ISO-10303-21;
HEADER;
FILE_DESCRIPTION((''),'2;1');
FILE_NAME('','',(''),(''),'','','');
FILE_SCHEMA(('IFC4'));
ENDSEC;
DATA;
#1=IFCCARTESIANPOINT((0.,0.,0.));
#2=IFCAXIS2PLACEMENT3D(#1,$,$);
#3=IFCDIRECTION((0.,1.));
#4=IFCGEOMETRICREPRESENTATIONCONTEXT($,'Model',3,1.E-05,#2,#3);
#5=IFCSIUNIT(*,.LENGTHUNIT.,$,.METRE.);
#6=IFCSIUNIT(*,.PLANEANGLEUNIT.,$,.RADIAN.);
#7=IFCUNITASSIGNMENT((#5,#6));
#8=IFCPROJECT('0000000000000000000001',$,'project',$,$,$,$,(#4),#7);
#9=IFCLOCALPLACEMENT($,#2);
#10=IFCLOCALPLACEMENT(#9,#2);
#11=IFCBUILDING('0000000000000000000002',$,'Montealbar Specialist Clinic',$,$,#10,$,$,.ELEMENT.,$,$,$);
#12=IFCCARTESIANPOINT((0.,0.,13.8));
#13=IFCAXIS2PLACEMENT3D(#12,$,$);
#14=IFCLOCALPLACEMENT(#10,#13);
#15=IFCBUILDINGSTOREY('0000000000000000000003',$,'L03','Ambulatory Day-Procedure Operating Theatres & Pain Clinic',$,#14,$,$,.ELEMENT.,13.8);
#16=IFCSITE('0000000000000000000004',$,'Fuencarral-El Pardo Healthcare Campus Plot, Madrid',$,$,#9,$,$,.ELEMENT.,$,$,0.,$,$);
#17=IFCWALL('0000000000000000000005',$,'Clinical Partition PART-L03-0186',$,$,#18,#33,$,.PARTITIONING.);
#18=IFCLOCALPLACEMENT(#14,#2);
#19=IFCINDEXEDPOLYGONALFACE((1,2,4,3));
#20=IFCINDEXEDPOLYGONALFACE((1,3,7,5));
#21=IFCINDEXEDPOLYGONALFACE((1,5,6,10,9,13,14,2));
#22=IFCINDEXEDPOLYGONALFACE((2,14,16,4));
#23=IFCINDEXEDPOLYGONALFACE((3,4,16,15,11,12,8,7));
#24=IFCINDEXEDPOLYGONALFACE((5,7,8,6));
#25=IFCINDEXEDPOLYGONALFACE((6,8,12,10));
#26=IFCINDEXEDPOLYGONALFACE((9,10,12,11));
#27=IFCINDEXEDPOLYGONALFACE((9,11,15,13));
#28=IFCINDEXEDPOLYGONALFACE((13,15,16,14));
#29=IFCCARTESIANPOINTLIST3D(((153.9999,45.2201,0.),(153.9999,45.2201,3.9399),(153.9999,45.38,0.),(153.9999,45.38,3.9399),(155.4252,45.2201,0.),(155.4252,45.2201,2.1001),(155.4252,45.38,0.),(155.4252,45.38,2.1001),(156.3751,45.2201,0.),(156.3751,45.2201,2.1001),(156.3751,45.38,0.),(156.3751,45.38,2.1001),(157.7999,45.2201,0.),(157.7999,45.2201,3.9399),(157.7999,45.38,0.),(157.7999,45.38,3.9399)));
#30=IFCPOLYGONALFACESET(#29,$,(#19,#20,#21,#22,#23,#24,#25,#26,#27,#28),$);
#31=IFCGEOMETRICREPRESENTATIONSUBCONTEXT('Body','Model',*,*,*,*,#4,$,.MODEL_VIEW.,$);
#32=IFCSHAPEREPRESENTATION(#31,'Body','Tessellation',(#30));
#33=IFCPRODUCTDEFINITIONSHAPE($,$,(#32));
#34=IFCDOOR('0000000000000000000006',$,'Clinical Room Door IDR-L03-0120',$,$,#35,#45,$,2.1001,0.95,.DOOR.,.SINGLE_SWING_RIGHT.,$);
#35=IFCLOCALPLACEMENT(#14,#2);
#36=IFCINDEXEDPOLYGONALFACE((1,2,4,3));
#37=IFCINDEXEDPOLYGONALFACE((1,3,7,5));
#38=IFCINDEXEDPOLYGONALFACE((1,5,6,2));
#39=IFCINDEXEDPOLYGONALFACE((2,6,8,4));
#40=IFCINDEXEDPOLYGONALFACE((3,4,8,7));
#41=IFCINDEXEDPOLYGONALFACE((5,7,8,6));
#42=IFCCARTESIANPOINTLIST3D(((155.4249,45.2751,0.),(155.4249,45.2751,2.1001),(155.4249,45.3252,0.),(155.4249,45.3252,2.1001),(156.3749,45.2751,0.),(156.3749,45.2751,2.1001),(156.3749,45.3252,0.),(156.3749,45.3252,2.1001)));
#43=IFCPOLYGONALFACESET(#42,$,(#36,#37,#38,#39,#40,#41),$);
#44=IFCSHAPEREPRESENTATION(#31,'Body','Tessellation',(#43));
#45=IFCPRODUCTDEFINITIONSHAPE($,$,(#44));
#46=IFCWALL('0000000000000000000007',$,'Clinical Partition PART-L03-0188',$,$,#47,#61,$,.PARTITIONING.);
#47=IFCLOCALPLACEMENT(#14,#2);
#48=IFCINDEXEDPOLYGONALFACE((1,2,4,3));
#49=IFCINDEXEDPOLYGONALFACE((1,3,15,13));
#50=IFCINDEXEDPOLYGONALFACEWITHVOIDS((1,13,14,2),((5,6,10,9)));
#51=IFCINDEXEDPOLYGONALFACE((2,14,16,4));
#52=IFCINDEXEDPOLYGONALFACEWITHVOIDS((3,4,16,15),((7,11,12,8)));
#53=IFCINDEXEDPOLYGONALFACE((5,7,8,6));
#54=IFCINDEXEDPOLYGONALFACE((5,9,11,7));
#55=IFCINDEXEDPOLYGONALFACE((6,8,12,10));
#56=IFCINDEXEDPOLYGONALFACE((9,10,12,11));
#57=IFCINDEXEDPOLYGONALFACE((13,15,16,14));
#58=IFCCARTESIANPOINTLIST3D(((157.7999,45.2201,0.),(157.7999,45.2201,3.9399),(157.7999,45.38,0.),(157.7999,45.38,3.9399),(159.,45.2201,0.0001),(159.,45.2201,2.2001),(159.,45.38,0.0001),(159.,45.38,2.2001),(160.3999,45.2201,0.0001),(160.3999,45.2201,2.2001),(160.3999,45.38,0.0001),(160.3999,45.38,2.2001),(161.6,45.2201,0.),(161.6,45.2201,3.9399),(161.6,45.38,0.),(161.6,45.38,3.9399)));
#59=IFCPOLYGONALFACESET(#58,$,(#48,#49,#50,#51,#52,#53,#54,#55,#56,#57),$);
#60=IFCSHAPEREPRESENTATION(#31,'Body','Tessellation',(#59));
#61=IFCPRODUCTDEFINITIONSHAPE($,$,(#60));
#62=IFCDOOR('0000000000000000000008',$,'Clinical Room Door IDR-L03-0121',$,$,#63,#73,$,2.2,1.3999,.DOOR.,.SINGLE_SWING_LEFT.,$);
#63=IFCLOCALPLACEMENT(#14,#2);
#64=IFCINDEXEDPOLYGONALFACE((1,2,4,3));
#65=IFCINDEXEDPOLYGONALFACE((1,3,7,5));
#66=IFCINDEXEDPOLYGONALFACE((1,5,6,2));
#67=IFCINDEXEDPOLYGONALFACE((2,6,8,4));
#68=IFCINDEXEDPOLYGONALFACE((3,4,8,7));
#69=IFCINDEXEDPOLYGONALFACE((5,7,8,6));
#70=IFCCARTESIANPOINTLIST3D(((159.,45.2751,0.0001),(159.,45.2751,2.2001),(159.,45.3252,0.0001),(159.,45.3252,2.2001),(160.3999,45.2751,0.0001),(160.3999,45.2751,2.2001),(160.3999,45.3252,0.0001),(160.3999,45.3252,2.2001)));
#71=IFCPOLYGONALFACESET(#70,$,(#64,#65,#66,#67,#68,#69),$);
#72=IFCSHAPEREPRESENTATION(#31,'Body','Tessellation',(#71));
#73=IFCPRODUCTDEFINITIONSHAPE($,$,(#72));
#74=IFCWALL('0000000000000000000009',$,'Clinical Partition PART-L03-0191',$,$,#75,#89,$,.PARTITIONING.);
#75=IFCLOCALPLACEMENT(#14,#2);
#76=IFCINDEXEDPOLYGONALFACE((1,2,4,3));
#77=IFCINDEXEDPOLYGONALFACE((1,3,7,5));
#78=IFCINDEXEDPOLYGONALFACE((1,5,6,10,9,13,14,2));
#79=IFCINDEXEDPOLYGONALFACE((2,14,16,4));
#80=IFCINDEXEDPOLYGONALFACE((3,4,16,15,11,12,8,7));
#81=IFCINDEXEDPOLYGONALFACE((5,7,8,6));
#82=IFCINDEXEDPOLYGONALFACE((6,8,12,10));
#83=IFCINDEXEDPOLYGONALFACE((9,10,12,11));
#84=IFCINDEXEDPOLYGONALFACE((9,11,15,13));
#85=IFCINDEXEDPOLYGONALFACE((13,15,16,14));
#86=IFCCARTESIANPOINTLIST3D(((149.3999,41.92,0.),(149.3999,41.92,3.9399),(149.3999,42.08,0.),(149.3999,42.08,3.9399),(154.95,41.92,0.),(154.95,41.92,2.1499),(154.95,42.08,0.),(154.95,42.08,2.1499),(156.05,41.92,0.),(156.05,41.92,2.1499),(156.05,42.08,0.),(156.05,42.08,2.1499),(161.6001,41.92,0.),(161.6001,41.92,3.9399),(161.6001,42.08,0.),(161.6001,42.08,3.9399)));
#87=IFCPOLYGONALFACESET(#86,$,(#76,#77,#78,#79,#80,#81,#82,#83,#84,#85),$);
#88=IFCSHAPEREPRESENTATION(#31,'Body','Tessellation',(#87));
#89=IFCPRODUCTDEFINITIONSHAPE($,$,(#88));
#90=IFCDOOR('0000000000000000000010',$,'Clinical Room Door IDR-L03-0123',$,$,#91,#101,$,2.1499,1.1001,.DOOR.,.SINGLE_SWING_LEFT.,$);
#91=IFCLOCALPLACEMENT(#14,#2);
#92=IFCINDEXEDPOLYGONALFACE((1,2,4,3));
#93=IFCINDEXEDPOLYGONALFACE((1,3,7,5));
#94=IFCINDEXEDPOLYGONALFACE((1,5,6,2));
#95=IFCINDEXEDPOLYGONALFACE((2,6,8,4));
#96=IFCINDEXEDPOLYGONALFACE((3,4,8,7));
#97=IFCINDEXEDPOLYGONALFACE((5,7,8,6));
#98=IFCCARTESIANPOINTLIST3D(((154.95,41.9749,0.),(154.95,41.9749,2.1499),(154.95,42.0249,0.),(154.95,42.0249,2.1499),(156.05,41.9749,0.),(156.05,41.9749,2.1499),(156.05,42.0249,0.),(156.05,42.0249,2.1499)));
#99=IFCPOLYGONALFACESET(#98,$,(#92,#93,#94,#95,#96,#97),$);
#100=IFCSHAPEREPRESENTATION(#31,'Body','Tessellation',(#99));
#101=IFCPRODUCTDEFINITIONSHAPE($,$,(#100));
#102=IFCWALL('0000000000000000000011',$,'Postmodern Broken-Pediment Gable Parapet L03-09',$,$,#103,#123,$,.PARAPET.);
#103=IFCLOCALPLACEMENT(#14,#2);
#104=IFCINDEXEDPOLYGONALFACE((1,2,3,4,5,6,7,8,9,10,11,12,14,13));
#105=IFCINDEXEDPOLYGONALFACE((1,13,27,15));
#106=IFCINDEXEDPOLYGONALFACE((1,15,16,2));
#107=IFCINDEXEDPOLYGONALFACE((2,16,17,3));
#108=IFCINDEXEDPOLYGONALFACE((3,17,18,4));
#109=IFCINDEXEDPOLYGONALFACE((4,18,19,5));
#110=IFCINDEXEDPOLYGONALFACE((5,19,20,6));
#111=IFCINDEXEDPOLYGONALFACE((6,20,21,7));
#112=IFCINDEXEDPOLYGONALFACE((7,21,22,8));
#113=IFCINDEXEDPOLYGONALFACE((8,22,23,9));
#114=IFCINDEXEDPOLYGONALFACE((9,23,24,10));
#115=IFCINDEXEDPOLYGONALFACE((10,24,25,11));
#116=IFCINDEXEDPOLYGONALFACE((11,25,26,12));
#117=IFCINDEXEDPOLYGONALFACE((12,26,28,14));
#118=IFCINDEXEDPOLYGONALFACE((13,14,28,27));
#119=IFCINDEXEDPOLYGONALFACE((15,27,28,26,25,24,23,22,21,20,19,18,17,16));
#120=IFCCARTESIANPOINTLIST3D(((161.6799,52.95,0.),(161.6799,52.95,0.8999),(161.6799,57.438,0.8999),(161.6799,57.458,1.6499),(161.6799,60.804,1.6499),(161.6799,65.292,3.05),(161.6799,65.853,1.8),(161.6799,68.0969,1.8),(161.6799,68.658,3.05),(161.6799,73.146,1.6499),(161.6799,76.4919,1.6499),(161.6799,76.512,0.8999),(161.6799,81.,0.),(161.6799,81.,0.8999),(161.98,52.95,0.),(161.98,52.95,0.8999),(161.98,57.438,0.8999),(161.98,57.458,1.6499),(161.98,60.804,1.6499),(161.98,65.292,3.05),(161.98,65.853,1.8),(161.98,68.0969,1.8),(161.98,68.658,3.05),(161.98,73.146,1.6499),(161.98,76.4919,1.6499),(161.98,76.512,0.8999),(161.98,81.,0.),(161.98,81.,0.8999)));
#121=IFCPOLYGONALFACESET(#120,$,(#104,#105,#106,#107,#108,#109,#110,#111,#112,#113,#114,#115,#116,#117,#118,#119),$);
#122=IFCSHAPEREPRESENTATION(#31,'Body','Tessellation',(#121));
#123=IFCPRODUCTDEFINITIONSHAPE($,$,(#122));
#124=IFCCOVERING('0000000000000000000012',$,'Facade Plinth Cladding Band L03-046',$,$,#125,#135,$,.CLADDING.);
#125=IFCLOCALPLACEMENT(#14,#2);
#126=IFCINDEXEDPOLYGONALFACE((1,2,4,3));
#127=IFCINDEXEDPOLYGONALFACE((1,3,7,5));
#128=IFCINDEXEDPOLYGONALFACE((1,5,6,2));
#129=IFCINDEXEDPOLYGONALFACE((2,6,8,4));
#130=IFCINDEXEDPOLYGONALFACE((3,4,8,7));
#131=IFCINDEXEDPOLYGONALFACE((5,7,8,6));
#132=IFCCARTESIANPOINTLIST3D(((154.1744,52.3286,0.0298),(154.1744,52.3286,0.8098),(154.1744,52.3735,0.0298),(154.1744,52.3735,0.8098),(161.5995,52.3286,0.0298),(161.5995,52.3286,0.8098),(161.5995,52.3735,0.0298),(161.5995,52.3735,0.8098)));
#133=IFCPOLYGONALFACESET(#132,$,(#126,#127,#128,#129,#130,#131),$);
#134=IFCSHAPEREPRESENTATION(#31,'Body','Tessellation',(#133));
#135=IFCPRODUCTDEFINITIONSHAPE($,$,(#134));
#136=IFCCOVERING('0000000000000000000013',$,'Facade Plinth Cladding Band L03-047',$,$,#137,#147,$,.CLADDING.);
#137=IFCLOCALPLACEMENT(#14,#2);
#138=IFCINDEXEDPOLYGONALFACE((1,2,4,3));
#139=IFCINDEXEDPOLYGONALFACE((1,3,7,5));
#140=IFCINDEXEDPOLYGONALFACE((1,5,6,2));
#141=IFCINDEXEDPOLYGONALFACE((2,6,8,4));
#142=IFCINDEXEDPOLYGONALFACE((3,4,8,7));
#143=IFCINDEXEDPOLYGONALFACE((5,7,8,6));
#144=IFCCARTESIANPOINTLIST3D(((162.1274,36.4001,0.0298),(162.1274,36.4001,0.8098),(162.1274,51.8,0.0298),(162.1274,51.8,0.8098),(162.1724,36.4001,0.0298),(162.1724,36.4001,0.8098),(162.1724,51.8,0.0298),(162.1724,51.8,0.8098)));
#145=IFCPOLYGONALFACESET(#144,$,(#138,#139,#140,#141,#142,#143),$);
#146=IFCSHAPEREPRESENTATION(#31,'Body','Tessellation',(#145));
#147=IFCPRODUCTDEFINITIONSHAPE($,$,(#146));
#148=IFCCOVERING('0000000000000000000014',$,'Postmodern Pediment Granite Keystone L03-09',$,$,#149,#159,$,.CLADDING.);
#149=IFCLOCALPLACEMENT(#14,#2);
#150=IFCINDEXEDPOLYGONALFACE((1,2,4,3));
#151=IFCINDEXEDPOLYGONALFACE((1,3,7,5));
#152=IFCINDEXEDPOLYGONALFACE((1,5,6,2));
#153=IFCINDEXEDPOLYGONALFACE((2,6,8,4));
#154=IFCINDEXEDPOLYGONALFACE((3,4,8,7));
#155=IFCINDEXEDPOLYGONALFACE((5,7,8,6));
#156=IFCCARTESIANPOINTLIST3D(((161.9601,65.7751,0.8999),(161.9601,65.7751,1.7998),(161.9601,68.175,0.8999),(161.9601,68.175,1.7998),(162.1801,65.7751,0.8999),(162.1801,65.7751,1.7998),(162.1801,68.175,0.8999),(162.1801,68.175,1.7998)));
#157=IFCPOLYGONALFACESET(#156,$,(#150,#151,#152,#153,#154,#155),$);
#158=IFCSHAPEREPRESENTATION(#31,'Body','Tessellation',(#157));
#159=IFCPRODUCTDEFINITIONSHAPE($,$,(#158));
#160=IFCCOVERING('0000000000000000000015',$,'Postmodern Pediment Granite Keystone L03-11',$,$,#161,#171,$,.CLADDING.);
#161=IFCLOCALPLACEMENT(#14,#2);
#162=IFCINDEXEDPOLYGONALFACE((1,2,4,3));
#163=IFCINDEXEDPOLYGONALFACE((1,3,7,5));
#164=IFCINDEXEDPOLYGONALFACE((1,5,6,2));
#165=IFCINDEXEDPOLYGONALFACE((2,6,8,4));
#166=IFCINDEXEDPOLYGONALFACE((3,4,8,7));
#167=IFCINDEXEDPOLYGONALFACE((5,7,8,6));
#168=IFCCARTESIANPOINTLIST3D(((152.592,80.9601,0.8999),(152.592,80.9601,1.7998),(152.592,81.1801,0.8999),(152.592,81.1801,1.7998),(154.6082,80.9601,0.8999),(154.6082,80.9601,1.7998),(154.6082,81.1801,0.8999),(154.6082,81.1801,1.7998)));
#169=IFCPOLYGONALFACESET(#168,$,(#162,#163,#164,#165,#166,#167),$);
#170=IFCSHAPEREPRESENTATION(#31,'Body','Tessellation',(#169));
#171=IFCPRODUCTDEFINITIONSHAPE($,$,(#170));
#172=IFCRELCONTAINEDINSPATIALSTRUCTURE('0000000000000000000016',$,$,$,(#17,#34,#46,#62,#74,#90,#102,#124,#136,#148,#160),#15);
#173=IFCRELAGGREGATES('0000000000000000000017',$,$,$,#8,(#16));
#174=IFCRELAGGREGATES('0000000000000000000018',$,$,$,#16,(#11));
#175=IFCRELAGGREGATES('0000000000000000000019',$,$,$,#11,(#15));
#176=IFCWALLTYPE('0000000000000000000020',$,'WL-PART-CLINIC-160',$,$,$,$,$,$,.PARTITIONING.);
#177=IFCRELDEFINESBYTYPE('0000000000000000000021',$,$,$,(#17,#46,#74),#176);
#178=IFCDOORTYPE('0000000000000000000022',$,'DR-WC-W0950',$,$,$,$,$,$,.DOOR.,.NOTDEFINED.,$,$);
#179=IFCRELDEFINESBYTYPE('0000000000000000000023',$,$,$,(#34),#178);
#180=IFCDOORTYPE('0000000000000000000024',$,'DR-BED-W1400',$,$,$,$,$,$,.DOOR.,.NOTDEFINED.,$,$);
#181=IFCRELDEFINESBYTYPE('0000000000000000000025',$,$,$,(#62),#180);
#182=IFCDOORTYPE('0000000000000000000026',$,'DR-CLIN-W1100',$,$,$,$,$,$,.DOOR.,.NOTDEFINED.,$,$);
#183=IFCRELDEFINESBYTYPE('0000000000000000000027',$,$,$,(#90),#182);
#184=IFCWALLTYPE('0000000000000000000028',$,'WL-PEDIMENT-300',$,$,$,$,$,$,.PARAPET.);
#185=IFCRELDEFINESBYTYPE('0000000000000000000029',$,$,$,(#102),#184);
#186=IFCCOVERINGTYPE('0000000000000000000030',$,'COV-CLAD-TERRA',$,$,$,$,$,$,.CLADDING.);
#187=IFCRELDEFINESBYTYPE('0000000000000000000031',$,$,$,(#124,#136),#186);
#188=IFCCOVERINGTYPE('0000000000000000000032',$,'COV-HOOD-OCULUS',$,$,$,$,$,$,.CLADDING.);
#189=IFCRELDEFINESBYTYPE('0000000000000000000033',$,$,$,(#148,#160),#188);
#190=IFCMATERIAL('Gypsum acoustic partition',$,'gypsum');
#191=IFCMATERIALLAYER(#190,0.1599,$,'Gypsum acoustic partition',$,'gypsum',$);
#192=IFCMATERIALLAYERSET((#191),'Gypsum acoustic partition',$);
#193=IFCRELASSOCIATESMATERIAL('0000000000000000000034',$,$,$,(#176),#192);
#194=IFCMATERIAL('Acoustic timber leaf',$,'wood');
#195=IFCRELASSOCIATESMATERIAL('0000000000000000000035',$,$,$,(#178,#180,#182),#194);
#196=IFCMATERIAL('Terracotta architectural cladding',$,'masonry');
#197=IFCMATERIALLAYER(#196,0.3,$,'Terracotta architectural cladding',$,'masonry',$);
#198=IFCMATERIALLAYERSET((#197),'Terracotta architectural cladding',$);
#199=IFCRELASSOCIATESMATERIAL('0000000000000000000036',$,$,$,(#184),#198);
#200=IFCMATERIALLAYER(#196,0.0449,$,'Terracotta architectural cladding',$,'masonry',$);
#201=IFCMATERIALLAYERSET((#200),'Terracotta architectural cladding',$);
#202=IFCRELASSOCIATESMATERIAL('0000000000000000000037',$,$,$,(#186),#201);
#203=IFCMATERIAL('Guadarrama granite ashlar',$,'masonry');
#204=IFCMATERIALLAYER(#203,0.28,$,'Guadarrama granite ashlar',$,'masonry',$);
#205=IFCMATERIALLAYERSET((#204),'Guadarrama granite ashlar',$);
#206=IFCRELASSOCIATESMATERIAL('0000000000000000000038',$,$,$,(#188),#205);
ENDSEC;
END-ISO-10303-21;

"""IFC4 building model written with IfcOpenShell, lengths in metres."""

from ifc_helpers import new_model, si_unit, direction, frame, frame_2d, origin, origin_2d, place, context, subcontext, project, spatial, polyline, rectangle, outline, extrude, material, layer, layer_set, type_object, element, fill, save


model = new_model("IFC4")

# Units and contexts
model_context = context("Model", 3, precision=1e-05, world=origin(), true_north=direction((0.0, 1.0)))
body_context = subcontext(model_context, "Body", "Model", "MODEL_VIEW")
ifc_project = project(units=[si_unit("LENGTHUNIT", "METRE"), si_unit("PLANEANGLEUNIT", "RADIAN")], contexts=[model_context])

# Site, building, storey
site_placement = place(None, origin())
site = spatial("IfcSite", under=ifc_project, at=site_placement, Name="Fuencarral-El Pardo Healthcare Campus Plot, Madrid", CompositionType="ELEMENT", RefElevation=0.0)
building_placement = place(site_placement, origin())
building = spatial("IfcBuilding", under=site, at=building_placement, Name="Montealbar Specialist Clinic", CompositionType="ELEMENT")
storey_placement = place(building_placement, frame((0.0, 0.0, 13.8)))
storey = spatial("IfcBuildingStorey", under=building, at=storey_placement, Name="L03", Description="Ambulatory Day-Procedure Operating Theatres & Pain Clinic", CompositionType="ELEMENT", Elevation=13.8)

# Shared definitions
ifc_material_1 = material(Name="Terracotta architectural cladding", Category="masonry")

# Shared definitions
ifc_material_2 = material(Name="Gypsum acoustic partition", Category="gypsum")

# Walls, openings, doors
ifc_layer_1 = layer(ifc_material_2, 0.1599, Name="Gypsum acoustic partition", Category="gypsum")
ifc_layer_set_1 = layer_set([ifc_layer_1], Name="Gypsum acoustic partition")
wall_type_1 = type_object("IfcWallType", Name="WL-PART-CLINIC-160", PredefinedType="PARTITIONING", material=ifc_layer_set_1)
wall_1_placement = place(storey_placement, frame((154.0, 45.3, 0.0), z_axis=(0.0, 0.0, 1.0), x_axis=(1.0, 0.0, 0.0)))
wall_1 = element("IfcWall", 1, at=wall_1_placement, inside=storey, type_object=wall_type_1, Name="Clinical Partition PART-L03-0186", PredefinedType="PARTITIONING", context=body_context, shape_type="SweptSolid", body=[
    extrude(rectangle(XDim=3.8, YDim=0.1599, at=frame_2d((1.8999, 0.0))), origin(), (0.0, 0.0, 1.0), 3.9399),
])
opening_1_placement = place(wall_1_placement, frame((1.425, 0.0, 0.0)))
opening_1 = element("IfcOpeningElement", 2, at=opening_1_placement, cuts=wall_1, PredefinedType="OPENING", context=body_context, shape_type="SweptSolid", body=[
    extrude(rectangle(XDim=0.95, YDim=2.1001, at=frame_2d((0.4751, 1.05))), frame((0.0, 0.0898, 0.0), z_axis=(0.0, -1.0, 0.0), x_axis=(1.0, 0.0, 0.0)), (0.0, 0.0, 1.0), 0.1799),
])
ifc_material_3 = material(Name="Acoustic timber leaf", Category="wood")
door_type_1 = type_object("IfcDoorType", Name="DR-WC-W0950", OperationType="NOTDEFINED", PredefinedType="DOOR", material=ifc_material_3)
door_1_placement = place(opening_1_placement, frame((0.95, 0.0, 0.0), z_axis=(0.0, 0.0, 1.0), x_axis=(-1.0, 0.0, 0.0)))
door_1 = element("IfcDoor", 3, at=door_1_placement, inside=storey, type_object=door_type_1, Name="Clinical Room Door IDR-L03-0120", OperationType="SINGLE_SWING_RIGHT", OverallHeight=2.1001, OverallWidth=0.95, PredefinedType="DOOR", context=body_context, shape_type="SweptSolid", body=[
    extrude(rectangle(XDim=0.95, YDim=2.1001, at=frame_2d((0.4751, 1.05))), frame((0.0, 0.0249, 0.0), z_axis=(0.0, -1.0, 0.0), x_axis=(1.0, 0.0, 0.0)), (0.0, 0.0, 1.0), 0.05),
])
fill(opening_1, door_1)
wall_2_placement = place(storey_placement, frame((157.8, 45.3, 0.0), z_axis=(0.0, 0.0, 1.0), x_axis=(1.0, 0.0, 0.0)))
wall_2 = element("IfcWall", 4, at=wall_2_placement, inside=storey, type_object=wall_type_1, Name="Clinical Partition PART-L03-0188", PredefinedType="PARTITIONING", context=body_context, shape_type="SweptSolid", body=[
    extrude(rectangle(XDim=3.8, YDim=0.1599, at=frame_2d((1.8999, 0.0))), origin(), (0.0, 0.0, 1.0), 3.9399),
])
opening_2_placement = place(wall_2_placement, frame((1.2, 0.0, 0.0)))
opening_2 = element("IfcOpeningElement", 5, at=opening_2_placement, cuts=wall_2, PredefinedType="OPENING", context=body_context, shape_type="SweptSolid", body=[
    extrude(rectangle(XDim=1.3999, YDim=2.2, at=frame_2d((0.7, 1.1001))), frame((0.0, 0.0898, 0.0), z_axis=(0.0, -1.0, 0.0), x_axis=(1.0, 0.0, 0.0)), (0.0, 0.0, 1.0), 0.1799),
])
door_type_2 = type_object("IfcDoorType", Name="DR-BED-W1400", OperationType="NOTDEFINED", PredefinedType="DOOR", material=ifc_material_3)
door_2_placement = place(opening_2_placement, frame((1.3999, 0.0, 0.0), z_axis=(0.0, 0.0, 1.0), x_axis=(-1.0, 0.0, 0.0)))
door_2 = element("IfcDoor", 6, at=door_2_placement, inside=storey, type_object=door_type_2, Name="Clinical Room Door IDR-L03-0121", OperationType="SINGLE_SWING_LEFT", OverallHeight=2.2, OverallWidth=1.3999, PredefinedType="DOOR", context=body_context, shape_type="SweptSolid", body=[
    extrude(rectangle(XDim=1.3999, YDim=2.2, at=frame_2d((0.7, 1.1001))), frame((0.0, 0.0249, 0.0), z_axis=(0.0, -1.0, 0.0), x_axis=(1.0, 0.0, 0.0)), (0.0, 0.0, 1.0), 0.05),
])
fill(opening_2, door_2)
wall_3_placement = place(storey_placement, frame((149.3999, 42.0, 0.0), z_axis=(0.0, 0.0, 1.0), x_axis=(1.0, 0.0, 0.0)))
wall_3 = element("IfcWall", 7, at=wall_3_placement, inside=storey, type_object=wall_type_1, Name="Clinical Partition PART-L03-0191", PredefinedType="PARTITIONING", context=body_context, shape_type="SweptSolid", body=[
    extrude(rectangle(XDim=12.2002, YDim=0.1599, at=frame_2d((6.1001, 0.0))), origin(), (0.0, 0.0, 1.0), 3.9399),
])
opening_3_placement = place(wall_3_placement, frame((5.55, 0.0, 0.0)))
opening_3 = element("IfcOpeningElement", 8, at=opening_3_placement, cuts=wall_3, PredefinedType="OPENING", context=body_context, shape_type="SweptSolid", body=[
    extrude(rectangle(XDim=1.1001, YDim=2.1499, at=frame_2d((0.55, 1.075))), frame((0.0, 0.0898, 0.0), z_axis=(0.0, -1.0, 0.0), x_axis=(1.0, 0.0, 0.0)), (0.0, 0.0, 1.0), 0.1799),
])
door_type_3 = type_object("IfcDoorType", Name="DR-CLIN-W1100", OperationType="NOTDEFINED", PredefinedType="DOOR", material=ifc_material_3)
door_3_placement = place(opening_3_placement, origin())
door_3 = element("IfcDoor", 9, at=door_3_placement, inside=storey, type_object=door_type_3, Name="Clinical Room Door IDR-L03-0123", OperationType="SINGLE_SWING_LEFT", OverallHeight=2.1499, OverallWidth=1.1001, PredefinedType="DOOR", context=body_context, shape_type="SweptSolid", body=[
    extrude(rectangle(XDim=1.1001, YDim=2.1499, at=frame_2d((0.55, 1.075))), frame((0.0, 0.0249, 0.0), z_axis=(0.0, -1.0, 0.0), x_axis=(1.0, 0.0, 0.0)), (0.0, 0.0, 1.0), 0.05),
])
fill(opening_3, door_3)

# Wall
ifc_layer_2 = layer(ifc_material_1, 0.3, Name="Terracotta architectural cladding", Category="masonry")
ifc_layer_set_2 = layer_set([ifc_layer_2], Name="Terracotta architectural cladding")
wall_type_2 = type_object("IfcWallType", Name="WL-PEDIMENT-300", PredefinedType="PARAPET", material=ifc_layer_set_2)
wall_4_placement = place(storey_placement, frame((161.8301, 81.0, 0.0), z_axis=(0.0, 0.0, 1.0), x_axis=(0.0, -1.0, 0.0)))
element("IfcWall", 10, at=wall_4_placement, inside=storey, type_object=wall_type_2, Name="Postmodern Broken-Pediment Gable Parapet L03-09", PredefinedType="PARAPET", context=body_context, shape_type="SweptSolid", body=[
    extrude(outline(polyline([(0.0, 0.0), (28.05, 0.0), (28.05, 0.8999), (23.562, 0.8999), (23.542, 1.6499), (20.196, 1.6499), (15.708, 3.05), (15.147, 1.8), (12.9031, 1.8), (12.342, 3.05), (7.854, 1.6499), (4.5081, 1.6499), (4.488, 0.8999), (0.0, 0.8999), (0.0, 0.0)])), frame((0.0, 0.1499, 0.0), z_axis=(0.0, -1.0, 0.0), x_axis=(1.0, 0.0, 0.0)), (0.0, 0.0, 1.0), 0.3),
])

# Coverings
ifc_layer_3 = layer(ifc_material_1, 0.0449, Name="Terracotta architectural cladding", Category="masonry")
ifc_layer_set_3 = layer_set([ifc_layer_3], Name="Terracotta architectural cladding")
covering_type_1 = type_object("IfcCoveringType", Name="COV-CLAD-TERRA", PredefinedType="CLADDING", material=ifc_layer_set_3)
covering_1_placement = place(storey_placement, frame((157.887, 52.3511, 0.0298), z_axis=(0.0, 0.0, 1.0), x_axis=(1.0, 0.0, 0.0)))
element("IfcCovering", 11, at=covering_1_placement, inside=storey, type_object=covering_type_1, Name="Facade Plinth Cladding Band L03-046", PredefinedType="CLADDING", context=body_context, shape_type="SweptSolid", body=[
    extrude(rectangle(XDim=7.425, YDim=0.0449, at=origin_2d()), origin(), (0.0, 0.0, 1.0), 0.78),
])
covering_2_placement = place(storey_placement, frame((162.1499, 44.1001, 0.0298), z_axis=(0.0, 0.0, 1.0), x_axis=(0.0, -1.0, 0.0)))
element("IfcCovering", 12, at=covering_2_placement, inside=storey, type_object=covering_type_1, Name="Facade Plinth Cladding Band L03-047", PredefinedType="CLADDING", context=body_context, shape_type="SweptSolid", body=[
    extrude(rectangle(XDim=15.3999, YDim=0.0449, at=origin_2d()), origin(), (0.0, 0.0, 1.0), 0.78),
])
ifc_material_4 = material(Name="Guadarrama granite ashlar", Category="masonry")
ifc_layer_4 = layer(ifc_material_4, 0.28, Name="Guadarrama granite ashlar", Category="masonry")
ifc_layer_set_4 = layer_set([ifc_layer_4], Name="Guadarrama granite ashlar")
covering_type_2 = type_object("IfcCoveringType", Name="COV-HOOD-OCULUS", PredefinedType="CLADDING", material=ifc_layer_set_4)
covering_3_placement = place(storey_placement, frame((162.0701, 66.9751, 0.8999), z_axis=(0.0, 0.0, 1.0), x_axis=(0.0, -1.0, 0.0)))
element("IfcCovering", 13, at=covering_3_placement, inside=storey, type_object=covering_type_2, Name="Postmodern Pediment Granite Keystone L03-09", PredefinedType="CLADDING", context=body_context, shape_type="SweptSolid", body=[
    extrude(rectangle(XDim=2.3999, YDim=0.22, at=origin_2d()), origin(), (0.0, 0.0, 1.0), 0.8999),
])
covering_4_placement = place(storey_placement, frame((153.6001, 81.0701, 0.8999), z_axis=(0.0, 0.0, 1.0), x_axis=(1.0, 0.0, 0.0)))
element("IfcCovering", 14, at=covering_4_placement, inside=storey, type_object=covering_type_2, Name="Postmodern Pediment Granite Keystone L03-11", PredefinedType="CLADDING", context=body_context, shape_type="SweptSolid", body=[
    extrude(rectangle(XDim=2.0161, YDim=0.22, at=origin_2d()), origin(), (0.0, 0.0, 1.0), 0.8999),
])

save(model, "model.ifc")
